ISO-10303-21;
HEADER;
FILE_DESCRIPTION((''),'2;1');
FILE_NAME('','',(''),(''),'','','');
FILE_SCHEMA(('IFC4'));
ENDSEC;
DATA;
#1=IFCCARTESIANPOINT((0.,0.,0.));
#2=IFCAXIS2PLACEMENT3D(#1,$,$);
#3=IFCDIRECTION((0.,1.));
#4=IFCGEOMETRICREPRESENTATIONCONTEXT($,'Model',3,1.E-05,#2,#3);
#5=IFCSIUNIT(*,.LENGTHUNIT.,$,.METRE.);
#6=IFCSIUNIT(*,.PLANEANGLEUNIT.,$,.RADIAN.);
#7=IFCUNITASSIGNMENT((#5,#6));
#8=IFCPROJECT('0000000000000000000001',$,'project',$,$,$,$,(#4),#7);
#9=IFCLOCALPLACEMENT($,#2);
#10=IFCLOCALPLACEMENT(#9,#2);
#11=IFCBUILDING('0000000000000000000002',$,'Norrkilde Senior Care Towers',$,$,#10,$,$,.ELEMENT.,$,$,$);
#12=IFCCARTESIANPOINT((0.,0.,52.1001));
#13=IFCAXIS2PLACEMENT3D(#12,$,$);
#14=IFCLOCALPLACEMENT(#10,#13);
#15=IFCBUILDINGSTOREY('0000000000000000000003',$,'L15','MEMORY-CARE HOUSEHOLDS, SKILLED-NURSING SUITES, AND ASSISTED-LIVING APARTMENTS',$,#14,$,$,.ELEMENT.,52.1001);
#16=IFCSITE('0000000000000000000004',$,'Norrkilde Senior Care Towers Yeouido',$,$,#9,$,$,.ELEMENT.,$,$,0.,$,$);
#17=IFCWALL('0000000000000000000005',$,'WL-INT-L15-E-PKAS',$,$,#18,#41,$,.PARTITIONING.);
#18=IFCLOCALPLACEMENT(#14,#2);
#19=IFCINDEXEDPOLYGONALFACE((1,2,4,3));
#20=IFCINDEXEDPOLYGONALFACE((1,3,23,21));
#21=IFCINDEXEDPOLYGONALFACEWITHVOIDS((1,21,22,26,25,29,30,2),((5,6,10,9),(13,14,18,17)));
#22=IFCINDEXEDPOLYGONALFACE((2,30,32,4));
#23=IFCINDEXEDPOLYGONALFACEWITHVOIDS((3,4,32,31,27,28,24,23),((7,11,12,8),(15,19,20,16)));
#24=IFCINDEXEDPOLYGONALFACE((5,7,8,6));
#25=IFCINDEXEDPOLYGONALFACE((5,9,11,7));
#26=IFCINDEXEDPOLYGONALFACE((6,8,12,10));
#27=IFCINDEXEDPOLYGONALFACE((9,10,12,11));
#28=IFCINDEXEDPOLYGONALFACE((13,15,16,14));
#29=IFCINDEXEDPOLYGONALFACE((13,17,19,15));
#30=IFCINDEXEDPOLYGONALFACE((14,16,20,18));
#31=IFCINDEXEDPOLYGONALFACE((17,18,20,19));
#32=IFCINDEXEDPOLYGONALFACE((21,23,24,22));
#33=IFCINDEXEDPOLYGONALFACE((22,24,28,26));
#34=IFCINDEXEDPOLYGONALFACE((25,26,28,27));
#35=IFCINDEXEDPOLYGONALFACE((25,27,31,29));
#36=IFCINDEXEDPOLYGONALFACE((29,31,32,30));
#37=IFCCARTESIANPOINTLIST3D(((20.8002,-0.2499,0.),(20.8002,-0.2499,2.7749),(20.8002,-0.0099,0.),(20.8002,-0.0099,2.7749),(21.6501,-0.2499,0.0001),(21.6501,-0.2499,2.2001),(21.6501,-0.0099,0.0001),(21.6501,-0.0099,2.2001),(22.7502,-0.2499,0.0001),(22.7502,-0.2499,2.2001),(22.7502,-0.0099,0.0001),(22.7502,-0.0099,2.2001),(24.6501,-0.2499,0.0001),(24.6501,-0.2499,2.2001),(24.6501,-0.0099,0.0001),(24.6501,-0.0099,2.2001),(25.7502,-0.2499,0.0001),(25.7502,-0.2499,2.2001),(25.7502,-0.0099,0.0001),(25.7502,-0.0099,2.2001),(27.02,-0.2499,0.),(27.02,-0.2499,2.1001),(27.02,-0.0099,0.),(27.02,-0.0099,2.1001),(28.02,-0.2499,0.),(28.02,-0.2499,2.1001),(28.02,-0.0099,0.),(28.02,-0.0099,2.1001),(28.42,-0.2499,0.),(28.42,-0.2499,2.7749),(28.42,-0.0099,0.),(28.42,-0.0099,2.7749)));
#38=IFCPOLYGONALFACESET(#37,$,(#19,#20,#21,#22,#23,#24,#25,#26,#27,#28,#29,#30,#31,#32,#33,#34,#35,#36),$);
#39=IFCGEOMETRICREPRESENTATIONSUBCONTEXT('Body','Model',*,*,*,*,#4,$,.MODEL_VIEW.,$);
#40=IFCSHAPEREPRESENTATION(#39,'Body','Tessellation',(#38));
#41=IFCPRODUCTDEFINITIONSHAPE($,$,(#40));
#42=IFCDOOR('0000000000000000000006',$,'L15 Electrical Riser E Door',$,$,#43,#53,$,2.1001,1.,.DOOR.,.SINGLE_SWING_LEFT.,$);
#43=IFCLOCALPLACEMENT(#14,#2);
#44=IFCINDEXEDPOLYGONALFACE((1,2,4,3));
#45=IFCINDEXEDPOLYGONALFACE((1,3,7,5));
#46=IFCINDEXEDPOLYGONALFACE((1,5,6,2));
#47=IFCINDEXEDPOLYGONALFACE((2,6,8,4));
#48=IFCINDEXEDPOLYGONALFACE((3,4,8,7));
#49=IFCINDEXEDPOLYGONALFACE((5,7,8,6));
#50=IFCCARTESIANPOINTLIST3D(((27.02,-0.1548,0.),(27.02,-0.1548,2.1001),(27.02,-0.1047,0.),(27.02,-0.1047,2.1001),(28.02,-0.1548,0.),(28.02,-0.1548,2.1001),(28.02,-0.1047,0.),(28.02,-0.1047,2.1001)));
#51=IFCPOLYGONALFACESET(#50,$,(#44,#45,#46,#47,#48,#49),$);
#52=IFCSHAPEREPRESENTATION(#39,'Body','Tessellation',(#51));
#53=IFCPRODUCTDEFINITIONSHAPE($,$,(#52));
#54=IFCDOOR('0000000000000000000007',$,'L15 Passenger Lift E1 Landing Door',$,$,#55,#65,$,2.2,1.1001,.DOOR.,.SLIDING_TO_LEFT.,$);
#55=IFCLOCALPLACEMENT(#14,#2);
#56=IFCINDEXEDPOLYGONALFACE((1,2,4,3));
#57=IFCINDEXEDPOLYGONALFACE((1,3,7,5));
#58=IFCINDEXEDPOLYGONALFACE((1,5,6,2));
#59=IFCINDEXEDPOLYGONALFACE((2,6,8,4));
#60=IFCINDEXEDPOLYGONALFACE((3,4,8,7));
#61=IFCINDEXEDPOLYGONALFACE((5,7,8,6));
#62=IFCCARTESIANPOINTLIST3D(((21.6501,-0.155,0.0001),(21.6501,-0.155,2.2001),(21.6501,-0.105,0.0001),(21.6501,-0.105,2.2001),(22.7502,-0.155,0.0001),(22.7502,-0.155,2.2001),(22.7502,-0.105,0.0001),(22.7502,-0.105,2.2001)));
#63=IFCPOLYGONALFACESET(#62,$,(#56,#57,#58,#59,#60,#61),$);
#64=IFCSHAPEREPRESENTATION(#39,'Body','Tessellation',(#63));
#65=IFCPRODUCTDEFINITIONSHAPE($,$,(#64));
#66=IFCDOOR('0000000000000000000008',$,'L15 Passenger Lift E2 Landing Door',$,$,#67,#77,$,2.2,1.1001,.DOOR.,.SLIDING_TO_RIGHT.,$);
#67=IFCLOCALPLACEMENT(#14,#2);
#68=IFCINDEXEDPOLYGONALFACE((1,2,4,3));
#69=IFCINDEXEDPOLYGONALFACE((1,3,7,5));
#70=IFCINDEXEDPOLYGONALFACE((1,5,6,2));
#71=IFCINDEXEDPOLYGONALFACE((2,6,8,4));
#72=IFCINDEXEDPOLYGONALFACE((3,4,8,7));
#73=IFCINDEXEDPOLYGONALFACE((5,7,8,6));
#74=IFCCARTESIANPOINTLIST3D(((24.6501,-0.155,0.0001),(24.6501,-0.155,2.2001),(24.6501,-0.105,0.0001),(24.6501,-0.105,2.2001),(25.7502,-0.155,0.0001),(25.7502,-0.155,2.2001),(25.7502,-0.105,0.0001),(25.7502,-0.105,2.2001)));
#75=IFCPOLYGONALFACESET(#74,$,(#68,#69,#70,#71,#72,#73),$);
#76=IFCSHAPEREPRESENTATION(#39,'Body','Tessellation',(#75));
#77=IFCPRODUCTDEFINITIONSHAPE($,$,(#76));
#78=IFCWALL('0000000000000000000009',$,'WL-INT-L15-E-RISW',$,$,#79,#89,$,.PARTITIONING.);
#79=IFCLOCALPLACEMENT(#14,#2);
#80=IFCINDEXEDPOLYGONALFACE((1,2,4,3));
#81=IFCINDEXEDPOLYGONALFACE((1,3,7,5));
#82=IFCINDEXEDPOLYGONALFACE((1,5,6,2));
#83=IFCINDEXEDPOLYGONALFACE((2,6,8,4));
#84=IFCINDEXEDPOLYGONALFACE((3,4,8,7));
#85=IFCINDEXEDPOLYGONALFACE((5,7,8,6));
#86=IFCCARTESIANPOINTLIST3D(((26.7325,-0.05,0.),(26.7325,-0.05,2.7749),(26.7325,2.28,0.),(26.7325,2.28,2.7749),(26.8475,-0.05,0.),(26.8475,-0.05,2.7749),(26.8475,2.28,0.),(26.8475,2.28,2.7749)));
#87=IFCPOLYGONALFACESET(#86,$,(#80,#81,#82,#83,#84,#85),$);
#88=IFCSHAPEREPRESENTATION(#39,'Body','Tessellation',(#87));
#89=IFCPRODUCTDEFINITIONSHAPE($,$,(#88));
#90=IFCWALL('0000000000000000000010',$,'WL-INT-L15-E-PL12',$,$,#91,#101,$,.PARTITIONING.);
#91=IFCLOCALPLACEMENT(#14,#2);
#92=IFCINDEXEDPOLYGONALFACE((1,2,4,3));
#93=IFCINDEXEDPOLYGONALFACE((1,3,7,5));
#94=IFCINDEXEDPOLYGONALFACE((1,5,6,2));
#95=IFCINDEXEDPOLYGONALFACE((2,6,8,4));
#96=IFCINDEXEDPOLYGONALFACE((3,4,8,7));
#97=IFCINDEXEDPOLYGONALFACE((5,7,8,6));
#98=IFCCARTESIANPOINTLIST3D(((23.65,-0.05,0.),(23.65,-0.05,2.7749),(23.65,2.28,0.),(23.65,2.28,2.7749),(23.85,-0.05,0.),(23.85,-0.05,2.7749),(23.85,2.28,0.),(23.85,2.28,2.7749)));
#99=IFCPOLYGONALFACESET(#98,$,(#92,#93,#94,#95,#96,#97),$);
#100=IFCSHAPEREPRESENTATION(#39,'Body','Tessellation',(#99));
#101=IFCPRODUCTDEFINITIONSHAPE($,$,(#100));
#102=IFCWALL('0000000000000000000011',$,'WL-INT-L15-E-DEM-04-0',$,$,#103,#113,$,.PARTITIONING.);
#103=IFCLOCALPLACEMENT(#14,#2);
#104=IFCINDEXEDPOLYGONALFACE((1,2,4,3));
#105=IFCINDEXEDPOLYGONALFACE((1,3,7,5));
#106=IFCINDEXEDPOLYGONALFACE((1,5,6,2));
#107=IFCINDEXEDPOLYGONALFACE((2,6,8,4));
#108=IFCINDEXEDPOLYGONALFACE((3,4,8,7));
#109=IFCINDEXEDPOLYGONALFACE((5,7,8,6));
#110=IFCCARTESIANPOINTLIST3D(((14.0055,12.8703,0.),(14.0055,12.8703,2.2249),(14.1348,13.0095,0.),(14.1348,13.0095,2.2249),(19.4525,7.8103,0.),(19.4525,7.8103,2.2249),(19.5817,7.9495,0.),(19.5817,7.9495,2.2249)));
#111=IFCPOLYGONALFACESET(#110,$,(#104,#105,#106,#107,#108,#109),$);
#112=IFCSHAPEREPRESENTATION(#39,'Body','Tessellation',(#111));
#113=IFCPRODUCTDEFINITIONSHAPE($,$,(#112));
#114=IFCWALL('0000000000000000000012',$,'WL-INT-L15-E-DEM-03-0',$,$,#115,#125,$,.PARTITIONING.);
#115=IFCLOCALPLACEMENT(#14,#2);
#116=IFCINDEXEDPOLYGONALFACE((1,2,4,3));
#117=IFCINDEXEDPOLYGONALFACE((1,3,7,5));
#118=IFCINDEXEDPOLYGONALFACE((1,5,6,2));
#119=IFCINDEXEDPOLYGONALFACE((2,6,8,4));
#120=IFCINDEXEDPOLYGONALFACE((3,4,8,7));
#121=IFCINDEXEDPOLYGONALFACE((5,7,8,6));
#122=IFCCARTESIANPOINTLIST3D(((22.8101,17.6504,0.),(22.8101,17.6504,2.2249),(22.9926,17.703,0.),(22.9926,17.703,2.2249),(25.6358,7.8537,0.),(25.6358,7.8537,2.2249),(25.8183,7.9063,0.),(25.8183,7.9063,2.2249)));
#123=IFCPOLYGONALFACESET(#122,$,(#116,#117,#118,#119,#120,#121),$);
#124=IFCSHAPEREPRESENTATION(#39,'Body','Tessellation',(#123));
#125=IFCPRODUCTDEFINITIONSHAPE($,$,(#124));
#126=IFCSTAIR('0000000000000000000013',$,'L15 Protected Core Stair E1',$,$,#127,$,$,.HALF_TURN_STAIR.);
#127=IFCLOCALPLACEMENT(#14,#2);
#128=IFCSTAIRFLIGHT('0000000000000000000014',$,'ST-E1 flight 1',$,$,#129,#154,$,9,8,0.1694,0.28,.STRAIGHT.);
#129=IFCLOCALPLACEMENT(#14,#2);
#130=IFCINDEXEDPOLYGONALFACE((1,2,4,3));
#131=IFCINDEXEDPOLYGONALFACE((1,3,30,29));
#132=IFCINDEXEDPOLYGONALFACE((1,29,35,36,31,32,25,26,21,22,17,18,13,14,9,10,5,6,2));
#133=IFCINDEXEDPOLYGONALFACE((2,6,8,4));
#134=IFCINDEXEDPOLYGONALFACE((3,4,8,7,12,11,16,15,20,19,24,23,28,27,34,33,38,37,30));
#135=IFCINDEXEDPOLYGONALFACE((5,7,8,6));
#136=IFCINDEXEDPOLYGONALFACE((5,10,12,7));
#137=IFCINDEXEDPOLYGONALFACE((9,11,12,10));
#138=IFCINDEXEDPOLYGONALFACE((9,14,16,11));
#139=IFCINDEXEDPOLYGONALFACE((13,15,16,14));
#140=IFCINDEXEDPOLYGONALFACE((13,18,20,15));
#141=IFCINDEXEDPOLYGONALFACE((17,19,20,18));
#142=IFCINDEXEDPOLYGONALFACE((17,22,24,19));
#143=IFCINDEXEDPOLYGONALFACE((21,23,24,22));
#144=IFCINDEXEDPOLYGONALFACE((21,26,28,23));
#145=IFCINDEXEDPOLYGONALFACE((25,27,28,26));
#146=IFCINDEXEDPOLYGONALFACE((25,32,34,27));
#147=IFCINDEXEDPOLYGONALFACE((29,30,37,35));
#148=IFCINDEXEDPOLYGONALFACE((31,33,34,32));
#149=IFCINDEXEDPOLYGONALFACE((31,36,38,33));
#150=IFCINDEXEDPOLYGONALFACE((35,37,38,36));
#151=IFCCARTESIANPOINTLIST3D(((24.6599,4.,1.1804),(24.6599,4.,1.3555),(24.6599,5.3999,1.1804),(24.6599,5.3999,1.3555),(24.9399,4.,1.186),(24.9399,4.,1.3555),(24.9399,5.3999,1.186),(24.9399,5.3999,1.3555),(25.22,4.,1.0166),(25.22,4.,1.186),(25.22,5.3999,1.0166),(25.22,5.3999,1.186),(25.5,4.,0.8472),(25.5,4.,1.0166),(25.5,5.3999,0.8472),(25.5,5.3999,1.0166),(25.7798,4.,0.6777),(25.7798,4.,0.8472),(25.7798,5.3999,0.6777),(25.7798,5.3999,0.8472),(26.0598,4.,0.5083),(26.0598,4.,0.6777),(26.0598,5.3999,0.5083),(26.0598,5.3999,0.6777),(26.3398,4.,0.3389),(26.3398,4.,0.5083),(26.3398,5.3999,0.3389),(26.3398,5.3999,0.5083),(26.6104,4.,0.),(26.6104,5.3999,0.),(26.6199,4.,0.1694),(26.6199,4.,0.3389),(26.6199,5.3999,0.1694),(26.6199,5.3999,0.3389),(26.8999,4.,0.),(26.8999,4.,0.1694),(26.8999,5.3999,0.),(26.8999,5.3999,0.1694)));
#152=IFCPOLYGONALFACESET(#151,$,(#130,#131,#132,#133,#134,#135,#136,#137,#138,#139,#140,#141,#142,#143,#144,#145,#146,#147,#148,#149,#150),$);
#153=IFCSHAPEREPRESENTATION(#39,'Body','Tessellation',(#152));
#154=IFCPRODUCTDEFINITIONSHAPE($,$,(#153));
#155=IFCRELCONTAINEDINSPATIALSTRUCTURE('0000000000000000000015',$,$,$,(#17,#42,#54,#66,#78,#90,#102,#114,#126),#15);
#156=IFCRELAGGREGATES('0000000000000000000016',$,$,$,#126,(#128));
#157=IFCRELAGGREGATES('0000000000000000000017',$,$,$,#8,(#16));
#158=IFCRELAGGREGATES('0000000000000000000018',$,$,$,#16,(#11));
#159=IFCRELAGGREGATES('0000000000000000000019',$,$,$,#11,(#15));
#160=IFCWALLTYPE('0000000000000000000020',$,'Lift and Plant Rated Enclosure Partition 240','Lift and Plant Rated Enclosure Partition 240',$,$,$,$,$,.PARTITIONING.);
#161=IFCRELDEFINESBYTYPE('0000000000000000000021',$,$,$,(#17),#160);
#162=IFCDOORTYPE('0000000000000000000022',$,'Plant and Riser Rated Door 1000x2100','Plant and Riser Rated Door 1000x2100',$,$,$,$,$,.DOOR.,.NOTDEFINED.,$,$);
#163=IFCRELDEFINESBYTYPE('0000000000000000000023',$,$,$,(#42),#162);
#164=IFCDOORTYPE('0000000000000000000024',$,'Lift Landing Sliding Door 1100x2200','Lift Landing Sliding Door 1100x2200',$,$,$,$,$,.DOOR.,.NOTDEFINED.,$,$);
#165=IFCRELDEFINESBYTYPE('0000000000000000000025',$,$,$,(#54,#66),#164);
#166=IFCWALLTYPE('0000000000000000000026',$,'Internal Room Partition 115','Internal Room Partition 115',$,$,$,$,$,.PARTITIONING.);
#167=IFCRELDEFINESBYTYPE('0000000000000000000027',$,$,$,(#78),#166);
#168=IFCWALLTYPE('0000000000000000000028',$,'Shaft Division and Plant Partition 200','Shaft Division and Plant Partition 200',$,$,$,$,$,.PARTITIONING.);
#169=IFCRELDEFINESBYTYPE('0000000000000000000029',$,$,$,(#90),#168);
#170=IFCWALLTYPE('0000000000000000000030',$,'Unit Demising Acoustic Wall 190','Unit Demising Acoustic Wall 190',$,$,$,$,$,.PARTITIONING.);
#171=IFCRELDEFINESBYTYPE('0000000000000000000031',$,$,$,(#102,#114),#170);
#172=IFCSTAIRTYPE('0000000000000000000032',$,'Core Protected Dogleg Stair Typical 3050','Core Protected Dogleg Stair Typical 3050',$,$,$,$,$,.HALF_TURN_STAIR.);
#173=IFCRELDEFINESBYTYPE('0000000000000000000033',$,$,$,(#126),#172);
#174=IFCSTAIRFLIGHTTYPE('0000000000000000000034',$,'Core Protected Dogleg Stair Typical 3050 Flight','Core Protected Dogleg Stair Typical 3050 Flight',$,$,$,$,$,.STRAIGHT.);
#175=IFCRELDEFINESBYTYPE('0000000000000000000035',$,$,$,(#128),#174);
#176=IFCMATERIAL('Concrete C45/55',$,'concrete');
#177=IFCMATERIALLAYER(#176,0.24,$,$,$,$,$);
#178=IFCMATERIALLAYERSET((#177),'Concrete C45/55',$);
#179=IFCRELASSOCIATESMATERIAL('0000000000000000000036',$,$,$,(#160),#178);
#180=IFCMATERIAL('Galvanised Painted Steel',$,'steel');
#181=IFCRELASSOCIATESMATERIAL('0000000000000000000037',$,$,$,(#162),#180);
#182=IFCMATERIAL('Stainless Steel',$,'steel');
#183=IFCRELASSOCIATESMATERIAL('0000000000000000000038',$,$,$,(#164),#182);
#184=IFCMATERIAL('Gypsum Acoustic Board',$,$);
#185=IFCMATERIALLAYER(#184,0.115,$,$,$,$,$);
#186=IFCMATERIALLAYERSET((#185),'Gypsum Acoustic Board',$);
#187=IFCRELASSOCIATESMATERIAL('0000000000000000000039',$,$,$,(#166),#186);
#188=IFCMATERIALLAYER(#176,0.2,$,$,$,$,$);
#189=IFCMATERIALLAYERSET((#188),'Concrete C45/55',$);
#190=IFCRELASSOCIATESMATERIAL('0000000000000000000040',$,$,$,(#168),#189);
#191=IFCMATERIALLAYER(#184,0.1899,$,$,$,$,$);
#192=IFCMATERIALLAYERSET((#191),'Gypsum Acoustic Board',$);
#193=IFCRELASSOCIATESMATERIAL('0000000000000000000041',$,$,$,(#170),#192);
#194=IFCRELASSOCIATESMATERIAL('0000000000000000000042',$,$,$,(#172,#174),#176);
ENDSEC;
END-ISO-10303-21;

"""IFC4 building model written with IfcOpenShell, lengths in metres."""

from ifc_helpers import new_model, si_unit, direction, frame, frame_2d, origin, place, context, subcontext, project, spatial, polyline, rectangle, outline, extrude, source, transform, mapped, material, layer, layer_set, type_object, type_shapes, element, fill, aggregate, save


model = new_model("IFC4")

# Units and contexts
model_context = context("Model", 3, precision=1e-05, world=origin(), true_north=direction((0.0, 1.0)))
body_context = subcontext(model_context, "Body", "Model", "MODEL_VIEW")
ifc_project = project(units=[si_unit("LENGTHUNIT", "METRE"), si_unit("PLANEANGLEUNIT", "RADIAN")], contexts=[model_context])

# Site, building, storey
site_placement = place(None, origin())
site = spatial("IfcSite", under=ifc_project, at=site_placement, Name="Norrkilde Senior Care Towers Yeouido", CompositionType="ELEMENT", RefElevation=0.0)
building_placement = place(site_placement, origin())
building = spatial("IfcBuilding", under=site, at=building_placement, Name="Norrkilde Senior Care Towers", CompositionType="ELEMENT")
storey_placement = place(building_placement, frame((0.0, 0.0, 52.1001)))
storey = spatial("IfcBuildingStorey", under=building, at=storey_placement, Name="L15", Description="MEMORY-CARE HOUSEHOLDS, SKILLED-NURSING SUITES, AND ASSISTED-LIVING APARTMENTS", CompositionType="ELEMENT", Elevation=52.1001)

# Shared definitions
ifc_material_1 = material(Name="Concrete C45/55", Category="concrete")

# Shared definitions
ifc_material_2 = material(Name="Galvanised Painted Steel", Category="steel")

# Wall, openings, doors
ifc_layer_1 = layer(ifc_material_1, 0.24)
ifc_layer_set_1 = layer_set([ifc_layer_1], Name="Concrete C45/55")
wall_type_1 = type_object("IfcWallType", Name="Lift and Plant Rated Enclosure Partition 240", Description="Lift and Plant Rated Enclosure Partition 240", PredefinedType="PARTITIONING", material=ifc_layer_set_1)
shared_shape_1 = source(origin(), body_context, "Body", "SweptSolid", [
    extrude(rectangle(XDim=7.6199, YDim=0.24, at=frame_2d((3.8101, 0.0))), origin(), (0.0, 0.0, 1.0), 2.7749),
])
type_shapes(wall_type_1, [shared_shape_1])
wall_1_placement = place(storey_placement, frame((20.8, -0.1299, 0.0), z_axis=(0.0, 0.0, 1.0), x_axis=(1.0, 0.0, 0.0)))
wall_1 = element("IfcWall", 1, at=wall_1_placement, inside=storey, type_object=wall_type_1, Name="WL-INT-L15-E-PKAS", PredefinedType="PARTITIONING", context=body_context, shape_type="MappedRepresentation", body=[
    mapped(shared_shape_1, transform((0.0, 0.0, 0.0), x_axis=(1.0, 0.0, 0.0), y_axis=(0.0, 1.0, 0.0), z_axis=(0.0, 0.0, 1.0), scale=1.0)),
])
opening_1_placement = place(wall_1_placement, frame((6.22, 0.0, 0.0)))
opening_1 = element("IfcOpeningElement", 2, at=opening_1_placement, cuts=wall_1, PredefinedType="OPENING", context=body_context, shape_type="SweptSolid", body=[
    extrude(rectangle(XDim=1.0, YDim=2.1001, at=frame_2d((0.5, 1.05))), frame((0.0, 0.1299, 0.0), z_axis=(0.0, -1.0, 0.0), x_axis=(1.0, 0.0, 0.0)), (0.0, 0.0, 1.0), 0.26),
])
opening_2_placement = place(wall_1_placement, frame((0.8501, 0.0, 0.0)))
opening_2 = element("IfcOpeningElement", 3, at=opening_2_placement, cuts=wall_1, PredefinedType="OPENING", context=body_context, shape_type="SweptSolid", body=[
    extrude(rectangle(XDim=1.1001, YDim=2.2, at=frame_2d((0.55, 1.1001))), frame((0.0, 0.1299, 0.0), z_axis=(0.0, -1.0, 0.0), x_axis=(1.0, 0.0, 0.0)), (0.0, 0.0, 1.0), 0.26),
])
opening_3_placement = place(wall_1_placement, frame((3.8501, 0.0, 0.0)))
opening_3 = element("IfcOpeningElement", 4, at=opening_3_placement, cuts=wall_1, PredefinedType="OPENING", context=body_context, shape_type="SweptSolid", body=[
    extrude(rectangle(XDim=1.1001, YDim=2.2, at=frame_2d((0.55, 1.1001))), frame((0.0, 0.1299, 0.0), z_axis=(0.0, -1.0, 0.0), x_axis=(1.0, 0.0, 0.0)), (0.0, 0.0, 1.0), 0.26),
])
door_type_1 = type_object("IfcDoorType", Name="Plant and Riser Rated Door 1000x2100", Description="Plant and Riser Rated Door 1000x2100", OperationType="NOTDEFINED", PredefinedType="DOOR", material=ifc_material_2)
shared_shape_2 = source(origin(), body_context, "Body", "SweptSolid", [
    extrude(rectangle(XDim=1.0, YDim=2.1001, at=frame_2d((0.5, 1.05))), frame((0.0, 0.0249, 0.0), z_axis=(0.0, -1.0, 0.0), x_axis=(1.0, 0.0, 0.0)), (0.0, 0.0, 1.0), 0.05),
])
type_shapes(door_type_1, [shared_shape_2])
door_1_placement = place(opening_1_placement, frame((1.0, 0.0, 0.0), z_axis=(0.0, 0.0, 1.0), x_axis=(-1.0, 0.0, 0.0)))
door_1 = element("IfcDoor", 5, at=door_1_placement, inside=storey, type_object=door_type_1, Name="L15 Electrical Riser E Door", OperationType="SINGLE_SWING_LEFT", OverallHeight=2.1001, OverallWidth=1.0, PredefinedType="DOOR", context=body_context, shape_type="MappedRepresentation", body=[
    mapped(shared_shape_2, transform((0.0, 0.0, 0.0), x_axis=(1.0, 0.0, 0.0), y_axis=(0.0, 1.0, 0.0), z_axis=(0.0, 0.0, 1.0), scale=1.0)),
])
fill(opening_1, door_1)
ifc_material_3 = material(Name="Stainless Steel", Category="steel")
door_type_2 = type_object("IfcDoorType", Name="Lift Landing Sliding Door 1100x2200", Description="Lift Landing Sliding Door 1100x2200", OperationType="NOTDEFINED", PredefinedType="DOOR", material=ifc_material_3)
shared_shape_3 = source(origin(), body_context, "Body", "SweptSolid", [
    extrude(rectangle(XDim=1.1001, YDim=2.2, at=frame_2d((0.55, 1.1001))), frame((0.0, 0.0249, 0.0), z_axis=(0.0, -1.0, 0.0), x_axis=(1.0, 0.0, 0.0)), (0.0, 0.0, 1.0), 0.05),
])
type_shapes(door_type_2, [shared_shape_3])
door_2_placement = place(opening_2_placement, origin())
door_2 = element("IfcDoor", 6, at=door_2_placement, inside=storey, type_object=door_type_2, Name="L15 Passenger Lift E1 Landing Door", OperationType="SLIDING_TO_LEFT", OverallHeight=2.2, OverallWidth=1.1001, PredefinedType="DOOR", context=body_context, shape_type="MappedRepresentation", body=[
    mapped(shared_shape_3, transform((0.0, 0.0, 0.0), x_axis=(1.0, 0.0, 0.0), y_axis=(0.0, 1.0, 0.0), z_axis=(0.0, 0.0, 1.0), scale=1.0)),
])
fill(opening_2, door_2)
door_3_placement = place(opening_3_placement, origin())
door_3 = element("IfcDoor", 7, at=door_3_placement, inside=storey, type_object=door_type_2, Name="L15 Passenger Lift E2 Landing Door", OperationType="SLIDING_TO_RIGHT", OverallHeight=2.2, OverallWidth=1.1001, PredefinedType="DOOR", context=body_context, shape_type="MappedRepresentation", body=[
    mapped(shared_shape_3, transform((0.0, 0.0, 0.0), x_axis=(1.0, 0.0, 0.0), y_axis=(0.0, 1.0, 0.0), z_axis=(0.0, 0.0, 1.0), scale=1.0)),
])
fill(opening_3, door_3)

# Walls
ifc_material_4 = material(Name="Gypsum Acoustic Board")
ifc_layer_2 = layer(ifc_material_4, 0.115)
ifc_layer_set_2 = layer_set([ifc_layer_2], Name="Gypsum Acoustic Board")
wall_type_2 = type_object("IfcWallType", Name="Internal Room Partition 115", Description="Internal Room Partition 115", PredefinedType="PARTITIONING", material=ifc_layer_set_2)
shared_shape_4 = source(origin(), body_context, "Body", "SweptSolid", [
    extrude(rectangle(XDim=2.3301, YDim=0.115, at=frame_2d((1.165, 0.0))), origin(), (0.0, 0.0, 1.0), 2.7749),
])
type_shapes(wall_type_2, [shared_shape_4])
wall_2_placement = place(storey_placement, frame((26.79, -0.05, 0.0), z_axis=(0.0, 0.0, 1.0), x_axis=(0.0, 1.0, 0.0)))
element("IfcWall", 8, at=wall_2_placement, inside=storey, type_object=wall_type_2, Name="WL-INT-L15-E-RISW", PredefinedType="PARTITIONING", context=body_context, shape_type="MappedRepresentation", body=[
    mapped(shared_shape_4, transform((0.0, 0.0, 0.0), x_axis=(1.0, 0.0, 0.0), y_axis=(0.0, 1.0, 0.0), z_axis=(0.0, 0.0, 1.0), scale=1.0)),
])
ifc_layer_3 = layer(ifc_material_1, 0.2)
ifc_layer_set_3 = layer_set([ifc_layer_3], Name="Concrete C45/55")
wall_type_3 = type_object("IfcWallType", Name="Shaft Division and Plant Partition 200", Description="Shaft Division and Plant Partition 200", PredefinedType="PARTITIONING", material=ifc_layer_set_3)
shared_shape_5 = source(origin(), body_context, "Body", "SweptSolid", [
    extrude(rectangle(XDim=2.3301, YDim=0.2, at=frame_2d((1.165, 0.0))), origin(), (0.0, 0.0, 1.0), 2.7749),
])
type_shapes(wall_type_3, [shared_shape_5])
wall_3_placement = place(storey_placement, frame((23.75, -0.05, 0.0), z_axis=(0.0, 0.0, 1.0), x_axis=(0.0, 1.0, 0.0)))
element("IfcWall", 9, at=wall_3_placement, inside=storey, type_object=wall_type_3, Name="WL-INT-L15-E-PL12", PredefinedType="PARTITIONING", context=body_context, shape_type="MappedRepresentation", body=[
    mapped(shared_shape_5, transform((0.0, 0.0, 0.0), x_axis=(1.0, 0.0, 0.0), y_axis=(0.0, 1.0, 0.0), z_axis=(0.0, 0.0, 1.0), scale=1.0)),
])
ifc_layer_4 = layer(ifc_material_4, 0.1899)
ifc_layer_set_4 = layer_set([ifc_layer_4], Name="Gypsum Acoustic Board")
wall_type_4 = type_object("IfcWallType", Name="Unit Demising Acoustic Wall 190", Description="Unit Demising Acoustic Wall 190", PredefinedType="PARTITIONING", material=ifc_layer_set_4)
shared_shape_6 = source(origin(), body_context, "Body", "SweptSolid", [
    extrude(rectangle(XDim=7.4346, YDim=0.1899, at=frame_2d((3.7173, 0.0))), origin(), (0.0, 0.0, 1.0), 2.2249),
])
wall_4_placement = place(storey_placement, frame((19.5171, 7.8799, 0.0), z_axis=(0.0, 0.0, 1.0), x_axis=(-0.732652, 0.680603, 0.0)))
element("IfcWall", 10, at=wall_4_placement, inside=storey, type_object=wall_type_4, Name="WL-INT-L15-E-DEM-04-0", PredefinedType="PARTITIONING", context=body_context, shape_type="MappedRepresentation", body=[
    mapped(shared_shape_6, transform((0.0, 0.0, 0.0), x_axis=(1.0, 0.0, 0.0), y_axis=(0.0, 1.0, 0.0), z_axis=(0.0, 0.0, 1.0), scale=1.0)),
])
shared_shape_7 = source(origin(), body_context, "Body", "SweptSolid", [
    extrude(rectangle(XDim=10.196, YDim=0.1899, at=frame_2d((5.0981, 0.0))), origin(), (0.0, 0.0, 1.0), 2.2249),
])
type_shapes(wall_type_4, [shared_shape_6, shared_shape_7])
wall_5_placement = place(storey_placement, frame((25.7271, 7.8799, 0.0), z_axis=(0.0, 0.0, 1.0), x_axis=(-0.277136, 0.960831, 0.0)))
element("IfcWall", 11, at=wall_5_placement, inside=storey, type_object=wall_type_4, Name="WL-INT-L15-E-DEM-03-0", PredefinedType="PARTITIONING", context=body_context, shape_type="MappedRepresentation", body=[
    mapped(shared_shape_7, transform((0.0, 0.0, 0.0), x_axis=(1.0, 0.0, 0.0), y_axis=(0.0, 1.0, 0.0), z_axis=(0.0, 0.0, 1.0), scale=1.0)),
])

# Stair, stair flight
stair_type = type_object("IfcStairType", Name="Core Protected Dogleg Stair Typical 3050", Description="Core Protected Dogleg Stair Typical 3050", PredefinedType="HALF_TURN_STAIR", material=ifc_material_1)
stair_placement = place(storey_placement, origin())
stair = element("IfcStair", 12, at=stair_placement, inside=storey, type_object=stair_type, Name="L15 Protected Core Stair E1", PredefinedType="HALF_TURN_STAIR")
stair_flight_type = type_object("IfcStairFlightType", Name="Core Protected Dogleg Stair Typical 3050 Flight", Description="Core Protected Dogleg Stair Typical 3050 Flight", PredefinedType="STRAIGHT", material=ifc_material_1)
stair_flight_1_placement = place(storey_placement, frame((26.8999, 4.7, 0.0), z_axis=(0.0, 0.0, 1.0), x_axis=(-1.0, 0.0, 0.0)))
stair_flight_1 = element("IfcStairFlight", 13, at=stair_flight_1_placement, type_object=stair_flight_type, Name="ST-E1 flight 1", NumberOfRisers=9, NumberOfTreads=8, PredefinedType="STRAIGHT", RiserHeight=0.1694, TreadLength=0.28, context=body_context, shape_type="SweptSolid", body=[
    extrude(outline(polyline([(0.0, 0.0), (0.0, 0.1694), (0.28, 0.1694), (0.28, 0.3389), (0.5601, 0.3389), (0.5601, 0.5083), (0.8401, 0.5083), (0.8401, 0.6777), (1.1201, 0.6777), (1.1201, 0.8472), (1.3999, 0.8472), (1.3999, 1.0166), (1.6799, 1.0166), (1.6799, 1.186), (1.96, 1.186), (1.96, 1.3555), (2.24, 1.3555), (2.24, 1.5249), (2.24, 1.1804), (0.2896, 0.0), (0.0, 0.0)])), frame((0.0, 0.7, 0.0), z_axis=(0.0, -1.0, 0.0), x_axis=(1.0, 0.0, 0.0)), (0.0, 0.0, 1.0), 1.3999),
])
aggregate(stair, [stair_flight_1])

save(model, "model.ifc")
